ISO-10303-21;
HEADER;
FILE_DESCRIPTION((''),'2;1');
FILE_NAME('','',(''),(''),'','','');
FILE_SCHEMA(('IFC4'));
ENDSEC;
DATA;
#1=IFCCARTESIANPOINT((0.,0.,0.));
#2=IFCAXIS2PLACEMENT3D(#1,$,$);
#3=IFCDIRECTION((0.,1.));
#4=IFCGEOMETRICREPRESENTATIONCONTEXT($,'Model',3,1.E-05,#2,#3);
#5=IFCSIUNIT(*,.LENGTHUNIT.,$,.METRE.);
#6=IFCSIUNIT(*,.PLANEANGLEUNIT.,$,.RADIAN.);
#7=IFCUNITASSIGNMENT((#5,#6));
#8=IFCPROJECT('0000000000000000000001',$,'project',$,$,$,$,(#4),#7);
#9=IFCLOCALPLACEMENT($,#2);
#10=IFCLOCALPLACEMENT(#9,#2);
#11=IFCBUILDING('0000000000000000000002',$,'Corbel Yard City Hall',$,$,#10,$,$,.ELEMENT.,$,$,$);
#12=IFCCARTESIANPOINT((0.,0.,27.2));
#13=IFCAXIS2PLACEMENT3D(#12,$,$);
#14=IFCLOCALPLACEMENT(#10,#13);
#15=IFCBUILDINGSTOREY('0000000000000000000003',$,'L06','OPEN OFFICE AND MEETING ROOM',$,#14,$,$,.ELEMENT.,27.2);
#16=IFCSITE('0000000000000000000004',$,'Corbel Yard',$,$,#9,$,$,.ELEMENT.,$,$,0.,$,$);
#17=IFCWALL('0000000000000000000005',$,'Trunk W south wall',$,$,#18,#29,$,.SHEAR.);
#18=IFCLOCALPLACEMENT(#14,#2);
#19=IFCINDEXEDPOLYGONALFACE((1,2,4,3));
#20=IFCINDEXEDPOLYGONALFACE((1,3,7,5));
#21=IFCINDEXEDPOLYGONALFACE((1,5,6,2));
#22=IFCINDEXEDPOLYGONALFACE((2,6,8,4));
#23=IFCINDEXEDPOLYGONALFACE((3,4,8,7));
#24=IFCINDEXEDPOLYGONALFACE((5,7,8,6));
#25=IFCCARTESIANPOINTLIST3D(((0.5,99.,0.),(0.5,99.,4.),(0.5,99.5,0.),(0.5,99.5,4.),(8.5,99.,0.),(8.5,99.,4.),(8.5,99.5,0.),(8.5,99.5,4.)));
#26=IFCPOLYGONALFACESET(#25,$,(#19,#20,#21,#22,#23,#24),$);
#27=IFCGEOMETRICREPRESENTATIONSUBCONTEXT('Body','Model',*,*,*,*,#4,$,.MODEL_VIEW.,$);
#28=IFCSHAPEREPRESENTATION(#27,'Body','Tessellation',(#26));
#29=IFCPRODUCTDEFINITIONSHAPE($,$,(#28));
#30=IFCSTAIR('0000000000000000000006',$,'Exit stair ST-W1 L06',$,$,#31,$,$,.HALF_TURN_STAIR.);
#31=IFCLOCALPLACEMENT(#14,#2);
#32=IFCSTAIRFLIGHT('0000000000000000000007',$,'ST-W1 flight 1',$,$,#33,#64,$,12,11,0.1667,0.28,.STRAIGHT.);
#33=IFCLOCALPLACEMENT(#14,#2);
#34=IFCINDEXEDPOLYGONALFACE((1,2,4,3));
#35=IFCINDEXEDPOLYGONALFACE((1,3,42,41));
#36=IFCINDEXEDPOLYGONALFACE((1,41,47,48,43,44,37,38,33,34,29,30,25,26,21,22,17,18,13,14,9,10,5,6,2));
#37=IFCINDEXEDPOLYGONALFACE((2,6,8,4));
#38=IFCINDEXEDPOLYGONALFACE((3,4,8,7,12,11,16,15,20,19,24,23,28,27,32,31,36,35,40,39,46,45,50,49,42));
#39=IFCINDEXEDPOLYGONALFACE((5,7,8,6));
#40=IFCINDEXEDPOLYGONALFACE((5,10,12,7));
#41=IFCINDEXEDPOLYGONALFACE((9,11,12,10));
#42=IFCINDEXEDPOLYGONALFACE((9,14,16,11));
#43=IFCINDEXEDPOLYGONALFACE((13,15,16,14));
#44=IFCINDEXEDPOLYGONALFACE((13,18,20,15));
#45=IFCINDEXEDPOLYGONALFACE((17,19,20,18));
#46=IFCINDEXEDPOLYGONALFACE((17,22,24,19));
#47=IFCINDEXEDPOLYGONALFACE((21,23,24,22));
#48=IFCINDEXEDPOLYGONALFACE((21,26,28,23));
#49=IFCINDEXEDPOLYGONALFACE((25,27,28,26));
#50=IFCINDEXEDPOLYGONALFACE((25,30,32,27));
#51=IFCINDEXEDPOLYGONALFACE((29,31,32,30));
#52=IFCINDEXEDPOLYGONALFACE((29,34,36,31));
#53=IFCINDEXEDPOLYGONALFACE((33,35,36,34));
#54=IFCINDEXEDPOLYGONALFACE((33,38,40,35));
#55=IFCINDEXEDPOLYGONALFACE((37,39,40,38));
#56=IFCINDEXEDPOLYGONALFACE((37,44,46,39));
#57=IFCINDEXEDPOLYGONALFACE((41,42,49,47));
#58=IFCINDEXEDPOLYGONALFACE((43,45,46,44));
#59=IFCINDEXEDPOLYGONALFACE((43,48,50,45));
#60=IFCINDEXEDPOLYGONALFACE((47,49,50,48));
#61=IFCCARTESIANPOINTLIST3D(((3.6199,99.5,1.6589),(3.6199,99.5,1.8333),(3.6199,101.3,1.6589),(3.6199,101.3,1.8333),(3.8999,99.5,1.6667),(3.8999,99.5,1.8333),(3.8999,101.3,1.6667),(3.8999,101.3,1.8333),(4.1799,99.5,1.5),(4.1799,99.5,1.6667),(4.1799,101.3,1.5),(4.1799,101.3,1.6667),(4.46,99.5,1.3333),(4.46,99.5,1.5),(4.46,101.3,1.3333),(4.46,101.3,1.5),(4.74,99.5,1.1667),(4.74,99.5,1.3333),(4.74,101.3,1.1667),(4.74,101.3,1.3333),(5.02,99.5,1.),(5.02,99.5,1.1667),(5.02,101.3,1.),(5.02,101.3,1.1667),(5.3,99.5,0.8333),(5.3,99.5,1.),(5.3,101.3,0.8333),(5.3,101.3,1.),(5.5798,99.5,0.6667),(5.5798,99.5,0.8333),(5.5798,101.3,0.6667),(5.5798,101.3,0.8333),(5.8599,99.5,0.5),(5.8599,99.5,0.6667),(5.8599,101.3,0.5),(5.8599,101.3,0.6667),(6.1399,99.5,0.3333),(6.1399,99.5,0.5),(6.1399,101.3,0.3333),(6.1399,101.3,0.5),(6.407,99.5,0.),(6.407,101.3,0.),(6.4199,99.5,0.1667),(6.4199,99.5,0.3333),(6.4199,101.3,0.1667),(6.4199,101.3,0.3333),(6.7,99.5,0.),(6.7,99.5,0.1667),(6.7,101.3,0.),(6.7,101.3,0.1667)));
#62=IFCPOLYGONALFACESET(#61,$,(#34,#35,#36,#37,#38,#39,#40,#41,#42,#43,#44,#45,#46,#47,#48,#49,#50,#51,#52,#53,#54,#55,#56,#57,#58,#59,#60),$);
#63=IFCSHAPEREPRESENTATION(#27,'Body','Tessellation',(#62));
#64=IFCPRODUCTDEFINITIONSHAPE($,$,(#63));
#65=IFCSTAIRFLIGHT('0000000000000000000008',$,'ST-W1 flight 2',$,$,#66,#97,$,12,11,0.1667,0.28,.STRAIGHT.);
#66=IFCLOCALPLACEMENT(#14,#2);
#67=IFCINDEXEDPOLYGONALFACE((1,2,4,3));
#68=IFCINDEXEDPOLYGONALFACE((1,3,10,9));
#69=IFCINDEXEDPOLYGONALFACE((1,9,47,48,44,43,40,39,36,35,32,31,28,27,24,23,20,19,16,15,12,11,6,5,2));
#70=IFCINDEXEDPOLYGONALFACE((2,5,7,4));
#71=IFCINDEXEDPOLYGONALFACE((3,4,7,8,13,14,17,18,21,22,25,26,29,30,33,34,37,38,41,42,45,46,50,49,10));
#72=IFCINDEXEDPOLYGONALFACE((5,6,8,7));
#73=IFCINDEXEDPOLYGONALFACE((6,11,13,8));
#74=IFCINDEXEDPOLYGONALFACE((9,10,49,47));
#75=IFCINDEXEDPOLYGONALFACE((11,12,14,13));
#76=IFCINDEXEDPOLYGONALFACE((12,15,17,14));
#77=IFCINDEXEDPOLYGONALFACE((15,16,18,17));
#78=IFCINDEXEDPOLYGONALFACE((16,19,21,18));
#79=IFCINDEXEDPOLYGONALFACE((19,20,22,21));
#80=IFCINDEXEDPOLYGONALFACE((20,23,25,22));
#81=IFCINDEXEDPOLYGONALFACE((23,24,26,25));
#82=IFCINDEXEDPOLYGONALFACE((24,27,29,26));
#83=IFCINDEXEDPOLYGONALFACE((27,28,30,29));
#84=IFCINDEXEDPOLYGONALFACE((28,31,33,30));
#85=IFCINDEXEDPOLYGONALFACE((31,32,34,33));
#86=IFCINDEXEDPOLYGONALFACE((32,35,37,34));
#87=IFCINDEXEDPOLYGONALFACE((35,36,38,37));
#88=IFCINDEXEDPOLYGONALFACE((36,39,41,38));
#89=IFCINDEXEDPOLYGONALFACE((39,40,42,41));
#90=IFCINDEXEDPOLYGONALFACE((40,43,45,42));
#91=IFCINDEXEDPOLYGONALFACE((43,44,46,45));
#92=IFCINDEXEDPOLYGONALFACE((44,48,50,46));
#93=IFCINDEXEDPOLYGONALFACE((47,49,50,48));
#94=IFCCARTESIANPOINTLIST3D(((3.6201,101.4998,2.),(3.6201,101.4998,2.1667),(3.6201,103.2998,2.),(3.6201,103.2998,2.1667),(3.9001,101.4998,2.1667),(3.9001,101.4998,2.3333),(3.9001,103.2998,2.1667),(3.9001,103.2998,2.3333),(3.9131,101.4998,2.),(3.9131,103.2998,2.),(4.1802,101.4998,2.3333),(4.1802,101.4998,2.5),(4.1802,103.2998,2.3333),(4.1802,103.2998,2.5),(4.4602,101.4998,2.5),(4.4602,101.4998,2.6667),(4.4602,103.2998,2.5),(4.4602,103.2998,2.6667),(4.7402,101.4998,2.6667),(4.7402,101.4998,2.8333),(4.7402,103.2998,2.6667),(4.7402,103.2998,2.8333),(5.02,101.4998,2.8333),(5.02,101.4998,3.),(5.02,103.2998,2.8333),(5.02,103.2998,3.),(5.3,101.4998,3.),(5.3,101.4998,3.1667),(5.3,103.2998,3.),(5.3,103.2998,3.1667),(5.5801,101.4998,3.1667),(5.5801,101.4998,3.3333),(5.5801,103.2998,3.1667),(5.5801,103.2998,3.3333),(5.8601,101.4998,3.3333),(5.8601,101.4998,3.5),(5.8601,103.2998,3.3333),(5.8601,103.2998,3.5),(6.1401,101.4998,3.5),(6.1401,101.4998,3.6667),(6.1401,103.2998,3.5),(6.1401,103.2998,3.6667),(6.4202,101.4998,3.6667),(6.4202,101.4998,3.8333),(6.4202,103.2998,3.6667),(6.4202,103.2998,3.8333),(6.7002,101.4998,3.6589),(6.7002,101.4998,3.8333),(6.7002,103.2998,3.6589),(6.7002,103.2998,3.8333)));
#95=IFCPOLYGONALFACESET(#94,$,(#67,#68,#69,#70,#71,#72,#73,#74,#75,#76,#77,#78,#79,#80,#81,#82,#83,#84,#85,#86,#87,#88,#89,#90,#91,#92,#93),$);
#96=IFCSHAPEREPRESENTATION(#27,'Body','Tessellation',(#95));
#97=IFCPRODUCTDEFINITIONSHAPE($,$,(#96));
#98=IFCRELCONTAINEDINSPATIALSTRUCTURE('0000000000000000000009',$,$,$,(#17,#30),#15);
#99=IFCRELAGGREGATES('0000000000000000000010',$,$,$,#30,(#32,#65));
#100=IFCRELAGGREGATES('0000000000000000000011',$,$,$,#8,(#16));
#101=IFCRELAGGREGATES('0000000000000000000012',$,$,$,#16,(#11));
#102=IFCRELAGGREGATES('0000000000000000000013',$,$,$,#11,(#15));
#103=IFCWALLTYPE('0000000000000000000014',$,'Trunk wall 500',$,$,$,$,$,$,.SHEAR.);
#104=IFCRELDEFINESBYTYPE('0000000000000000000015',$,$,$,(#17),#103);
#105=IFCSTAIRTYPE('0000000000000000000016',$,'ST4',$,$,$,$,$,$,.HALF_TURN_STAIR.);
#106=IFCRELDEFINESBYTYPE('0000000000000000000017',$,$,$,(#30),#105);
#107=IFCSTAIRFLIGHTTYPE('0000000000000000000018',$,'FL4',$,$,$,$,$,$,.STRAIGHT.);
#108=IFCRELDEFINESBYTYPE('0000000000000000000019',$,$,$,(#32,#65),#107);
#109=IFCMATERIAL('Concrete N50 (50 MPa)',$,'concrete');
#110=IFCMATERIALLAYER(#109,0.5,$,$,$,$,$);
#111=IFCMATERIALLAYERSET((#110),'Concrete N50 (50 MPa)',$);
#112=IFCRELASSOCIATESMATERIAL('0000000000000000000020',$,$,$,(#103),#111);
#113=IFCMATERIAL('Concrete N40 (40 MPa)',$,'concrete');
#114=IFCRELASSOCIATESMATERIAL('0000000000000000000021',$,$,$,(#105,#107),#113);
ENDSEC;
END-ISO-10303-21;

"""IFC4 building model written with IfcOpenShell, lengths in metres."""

from ifc_helpers import new_model, si_unit, direction, frame, frame_2d, origin, place, context, subcontext, project, spatial, polyline, rectangle, outline, extrude, material, layer, layer_set, type_object, element, aggregate, save


model = new_model("IFC4")

# Units and contexts
model_context = context("Model", 3, precision=1e-05, world=origin(), true_north=direction((0.0, 1.0)))
body_context = subcontext(model_context, "Body", "Model", "MODEL_VIEW")
ifc_project = project(units=[si_unit("LENGTHUNIT", "METRE"), si_unit("PLANEANGLEUNIT", "RADIAN")], contexts=[model_context])

# Site, building, storey
site_placement = place(None, origin())
site = spatial("IfcSite", under=ifc_project, at=site_placement, Name="Corbel Yard", CompositionType="ELEMENT", RefElevation=0.0)
building_placement = place(site_placement, origin())
building = spatial("IfcBuilding", under=site, at=building_placement, Name="Corbel Yard City Hall", CompositionType="ELEMENT")
storey_placement = place(building_placement, frame((0.0, 0.0, 27.2)))
storey = spatial("IfcBuildingStorey", under=building, at=storey_placement, Name="L06", Description="OPEN OFFICE AND MEETING ROOM", CompositionType="ELEMENT", Elevation=27.2)

# Shared definitions
ifc_material_1 = material(Name="Concrete N40 (40 MPa)", Category="concrete")

# Wall
ifc_material_2 = material(Name="Concrete N50 (50 MPa)", Category="concrete")
ifc_layer_1 = layer(ifc_material_2, 0.5)
ifc_layer_set_1 = layer_set([ifc_layer_1], Name="Concrete N50 (50 MPa)")
wall_type_1 = type_object("IfcWallType", Name="Trunk wall 500", PredefinedType="SHEAR", material=ifc_layer_set_1)
wall_1_placement = place(storey_placement, frame((0.5, 99.25, 0.0), z_axis=(0.0, 0.0, 1.0), x_axis=(1.0, 0.0, 0.0)))
element("IfcWall", 1, at=wall_1_placement, inside=storey, type_object=wall_type_1, Name="Trunk W south wall", PredefinedType="SHEAR", context=body_context, shape_type="SweptSolid", body=[
    extrude(rectangle(XDim=8.0, YDim=0.5, at=frame_2d((4.0, 0.0))), origin(), (0.0, 0.0, 1.0), 4.0),
])

# Stair, stair flights
stair_type = type_object("IfcStairType", Name="ST4", PredefinedType="HALF_TURN_STAIR", material=ifc_material_1)
stair_placement = place(storey_placement, origin())
stair = element("IfcStair", 2, at=stair_placement, inside=storey, type_object=stair_type, Name="Exit stair ST-W1 L06", PredefinedType="HALF_TURN_STAIR")
stair_flight_type = type_object("IfcStairFlightType", Name="FL4", PredefinedType="STRAIGHT", material=ifc_material_1)
stair_flight_1_placement = place(storey_placement, frame((6.7, 100.3999, 0.0), z_axis=(0.0, 0.0, 1.0), x_axis=(-1.0, 0.0, 0.0)))
stair_flight_1 = element("IfcStairFlight", 3, at=stair_flight_1_placement, type_object=stair_flight_type, Name="ST-W1 flight 1", NumberOfRisers=12, NumberOfTreads=11, PredefinedType="STRAIGHT", RiserHeight=0.1667, TreadLength=0.28, context=body_context, shape_type="SweptSolid", body=[
    extrude(outline(polyline([(0.0, 0.0), (0.0, 0.1667), (0.28, 0.1667), (0.28, 0.3333), (0.5601, 0.3333), (0.5601, 0.5), (0.8401, 0.5), (0.8401, 0.6667), (1.1201, 0.6667), (1.1201, 0.8333), (1.3999, 0.8333), (1.3999, 1.0), (1.6799, 1.0), (1.6799, 1.1667), (1.96, 1.1667), (1.96, 1.3333), (2.24, 1.3333), (2.24, 1.5), (2.52, 1.5), (2.52, 1.6667), (2.8, 1.6667), (2.8, 1.8333), (3.0801, 1.8333), (3.0801, 2.0), (3.0801, 1.6589), (0.293, 0.0), (0.0, 0.0)])), frame((0.0, 0.8999, 0.0), z_axis=(0.0, -1.0, 0.0), x_axis=(1.0, 0.0, 0.0)), (0.0, 0.0, 1.0), 1.8),
])
stair_flight_2_placement = place(storey_placement, frame((3.6201, 102.3999, 2.0), z_axis=(0.0, 0.0, 1.0), x_axis=(1.0, 0.0, 0.0)))
stair_flight_2 = element("IfcStairFlight", 4, at=stair_flight_2_placement, type_object=stair_flight_type, Name="ST-W1 flight 2", NumberOfRisers=12, NumberOfTreads=11, PredefinedType="STRAIGHT", RiserHeight=0.1667, TreadLength=0.28, context=body_context, shape_type="SweptSolid", body=[
    extrude(outline(polyline([(0.0, 0.0), (0.0, 0.1667), (0.28, 0.1667), (0.28, 0.3333), (0.5601, 0.3333), (0.5601, 0.5), (0.8401, 0.5), (0.8401, 0.6667), (1.1201, 0.6667), (1.1201, 0.8333), (1.3999, 0.8333), (1.3999, 1.0), (1.6799, 1.0), (1.6799, 1.1667), (1.96, 1.1667), (1.96, 1.3333), (2.24, 1.3333), (2.24, 1.5), (2.52, 1.5), (2.52, 1.6667), (2.8, 1.6667), (2.8, 1.8333), (3.0801, 1.8333), (3.0801, 2.0), (3.0801, 1.6589), (0.293, 0.0), (0.0, 0.0)])), frame((0.0, 0.8999, 0.0), z_axis=(0.0, -1.0, 0.0), x_axis=(1.0, 0.0, 0.0)), (0.0, 0.0, 1.0), 1.8),
])
aggregate(stair, [stair_flight_1, stair_flight_2])

save(model, "model.ifc")
